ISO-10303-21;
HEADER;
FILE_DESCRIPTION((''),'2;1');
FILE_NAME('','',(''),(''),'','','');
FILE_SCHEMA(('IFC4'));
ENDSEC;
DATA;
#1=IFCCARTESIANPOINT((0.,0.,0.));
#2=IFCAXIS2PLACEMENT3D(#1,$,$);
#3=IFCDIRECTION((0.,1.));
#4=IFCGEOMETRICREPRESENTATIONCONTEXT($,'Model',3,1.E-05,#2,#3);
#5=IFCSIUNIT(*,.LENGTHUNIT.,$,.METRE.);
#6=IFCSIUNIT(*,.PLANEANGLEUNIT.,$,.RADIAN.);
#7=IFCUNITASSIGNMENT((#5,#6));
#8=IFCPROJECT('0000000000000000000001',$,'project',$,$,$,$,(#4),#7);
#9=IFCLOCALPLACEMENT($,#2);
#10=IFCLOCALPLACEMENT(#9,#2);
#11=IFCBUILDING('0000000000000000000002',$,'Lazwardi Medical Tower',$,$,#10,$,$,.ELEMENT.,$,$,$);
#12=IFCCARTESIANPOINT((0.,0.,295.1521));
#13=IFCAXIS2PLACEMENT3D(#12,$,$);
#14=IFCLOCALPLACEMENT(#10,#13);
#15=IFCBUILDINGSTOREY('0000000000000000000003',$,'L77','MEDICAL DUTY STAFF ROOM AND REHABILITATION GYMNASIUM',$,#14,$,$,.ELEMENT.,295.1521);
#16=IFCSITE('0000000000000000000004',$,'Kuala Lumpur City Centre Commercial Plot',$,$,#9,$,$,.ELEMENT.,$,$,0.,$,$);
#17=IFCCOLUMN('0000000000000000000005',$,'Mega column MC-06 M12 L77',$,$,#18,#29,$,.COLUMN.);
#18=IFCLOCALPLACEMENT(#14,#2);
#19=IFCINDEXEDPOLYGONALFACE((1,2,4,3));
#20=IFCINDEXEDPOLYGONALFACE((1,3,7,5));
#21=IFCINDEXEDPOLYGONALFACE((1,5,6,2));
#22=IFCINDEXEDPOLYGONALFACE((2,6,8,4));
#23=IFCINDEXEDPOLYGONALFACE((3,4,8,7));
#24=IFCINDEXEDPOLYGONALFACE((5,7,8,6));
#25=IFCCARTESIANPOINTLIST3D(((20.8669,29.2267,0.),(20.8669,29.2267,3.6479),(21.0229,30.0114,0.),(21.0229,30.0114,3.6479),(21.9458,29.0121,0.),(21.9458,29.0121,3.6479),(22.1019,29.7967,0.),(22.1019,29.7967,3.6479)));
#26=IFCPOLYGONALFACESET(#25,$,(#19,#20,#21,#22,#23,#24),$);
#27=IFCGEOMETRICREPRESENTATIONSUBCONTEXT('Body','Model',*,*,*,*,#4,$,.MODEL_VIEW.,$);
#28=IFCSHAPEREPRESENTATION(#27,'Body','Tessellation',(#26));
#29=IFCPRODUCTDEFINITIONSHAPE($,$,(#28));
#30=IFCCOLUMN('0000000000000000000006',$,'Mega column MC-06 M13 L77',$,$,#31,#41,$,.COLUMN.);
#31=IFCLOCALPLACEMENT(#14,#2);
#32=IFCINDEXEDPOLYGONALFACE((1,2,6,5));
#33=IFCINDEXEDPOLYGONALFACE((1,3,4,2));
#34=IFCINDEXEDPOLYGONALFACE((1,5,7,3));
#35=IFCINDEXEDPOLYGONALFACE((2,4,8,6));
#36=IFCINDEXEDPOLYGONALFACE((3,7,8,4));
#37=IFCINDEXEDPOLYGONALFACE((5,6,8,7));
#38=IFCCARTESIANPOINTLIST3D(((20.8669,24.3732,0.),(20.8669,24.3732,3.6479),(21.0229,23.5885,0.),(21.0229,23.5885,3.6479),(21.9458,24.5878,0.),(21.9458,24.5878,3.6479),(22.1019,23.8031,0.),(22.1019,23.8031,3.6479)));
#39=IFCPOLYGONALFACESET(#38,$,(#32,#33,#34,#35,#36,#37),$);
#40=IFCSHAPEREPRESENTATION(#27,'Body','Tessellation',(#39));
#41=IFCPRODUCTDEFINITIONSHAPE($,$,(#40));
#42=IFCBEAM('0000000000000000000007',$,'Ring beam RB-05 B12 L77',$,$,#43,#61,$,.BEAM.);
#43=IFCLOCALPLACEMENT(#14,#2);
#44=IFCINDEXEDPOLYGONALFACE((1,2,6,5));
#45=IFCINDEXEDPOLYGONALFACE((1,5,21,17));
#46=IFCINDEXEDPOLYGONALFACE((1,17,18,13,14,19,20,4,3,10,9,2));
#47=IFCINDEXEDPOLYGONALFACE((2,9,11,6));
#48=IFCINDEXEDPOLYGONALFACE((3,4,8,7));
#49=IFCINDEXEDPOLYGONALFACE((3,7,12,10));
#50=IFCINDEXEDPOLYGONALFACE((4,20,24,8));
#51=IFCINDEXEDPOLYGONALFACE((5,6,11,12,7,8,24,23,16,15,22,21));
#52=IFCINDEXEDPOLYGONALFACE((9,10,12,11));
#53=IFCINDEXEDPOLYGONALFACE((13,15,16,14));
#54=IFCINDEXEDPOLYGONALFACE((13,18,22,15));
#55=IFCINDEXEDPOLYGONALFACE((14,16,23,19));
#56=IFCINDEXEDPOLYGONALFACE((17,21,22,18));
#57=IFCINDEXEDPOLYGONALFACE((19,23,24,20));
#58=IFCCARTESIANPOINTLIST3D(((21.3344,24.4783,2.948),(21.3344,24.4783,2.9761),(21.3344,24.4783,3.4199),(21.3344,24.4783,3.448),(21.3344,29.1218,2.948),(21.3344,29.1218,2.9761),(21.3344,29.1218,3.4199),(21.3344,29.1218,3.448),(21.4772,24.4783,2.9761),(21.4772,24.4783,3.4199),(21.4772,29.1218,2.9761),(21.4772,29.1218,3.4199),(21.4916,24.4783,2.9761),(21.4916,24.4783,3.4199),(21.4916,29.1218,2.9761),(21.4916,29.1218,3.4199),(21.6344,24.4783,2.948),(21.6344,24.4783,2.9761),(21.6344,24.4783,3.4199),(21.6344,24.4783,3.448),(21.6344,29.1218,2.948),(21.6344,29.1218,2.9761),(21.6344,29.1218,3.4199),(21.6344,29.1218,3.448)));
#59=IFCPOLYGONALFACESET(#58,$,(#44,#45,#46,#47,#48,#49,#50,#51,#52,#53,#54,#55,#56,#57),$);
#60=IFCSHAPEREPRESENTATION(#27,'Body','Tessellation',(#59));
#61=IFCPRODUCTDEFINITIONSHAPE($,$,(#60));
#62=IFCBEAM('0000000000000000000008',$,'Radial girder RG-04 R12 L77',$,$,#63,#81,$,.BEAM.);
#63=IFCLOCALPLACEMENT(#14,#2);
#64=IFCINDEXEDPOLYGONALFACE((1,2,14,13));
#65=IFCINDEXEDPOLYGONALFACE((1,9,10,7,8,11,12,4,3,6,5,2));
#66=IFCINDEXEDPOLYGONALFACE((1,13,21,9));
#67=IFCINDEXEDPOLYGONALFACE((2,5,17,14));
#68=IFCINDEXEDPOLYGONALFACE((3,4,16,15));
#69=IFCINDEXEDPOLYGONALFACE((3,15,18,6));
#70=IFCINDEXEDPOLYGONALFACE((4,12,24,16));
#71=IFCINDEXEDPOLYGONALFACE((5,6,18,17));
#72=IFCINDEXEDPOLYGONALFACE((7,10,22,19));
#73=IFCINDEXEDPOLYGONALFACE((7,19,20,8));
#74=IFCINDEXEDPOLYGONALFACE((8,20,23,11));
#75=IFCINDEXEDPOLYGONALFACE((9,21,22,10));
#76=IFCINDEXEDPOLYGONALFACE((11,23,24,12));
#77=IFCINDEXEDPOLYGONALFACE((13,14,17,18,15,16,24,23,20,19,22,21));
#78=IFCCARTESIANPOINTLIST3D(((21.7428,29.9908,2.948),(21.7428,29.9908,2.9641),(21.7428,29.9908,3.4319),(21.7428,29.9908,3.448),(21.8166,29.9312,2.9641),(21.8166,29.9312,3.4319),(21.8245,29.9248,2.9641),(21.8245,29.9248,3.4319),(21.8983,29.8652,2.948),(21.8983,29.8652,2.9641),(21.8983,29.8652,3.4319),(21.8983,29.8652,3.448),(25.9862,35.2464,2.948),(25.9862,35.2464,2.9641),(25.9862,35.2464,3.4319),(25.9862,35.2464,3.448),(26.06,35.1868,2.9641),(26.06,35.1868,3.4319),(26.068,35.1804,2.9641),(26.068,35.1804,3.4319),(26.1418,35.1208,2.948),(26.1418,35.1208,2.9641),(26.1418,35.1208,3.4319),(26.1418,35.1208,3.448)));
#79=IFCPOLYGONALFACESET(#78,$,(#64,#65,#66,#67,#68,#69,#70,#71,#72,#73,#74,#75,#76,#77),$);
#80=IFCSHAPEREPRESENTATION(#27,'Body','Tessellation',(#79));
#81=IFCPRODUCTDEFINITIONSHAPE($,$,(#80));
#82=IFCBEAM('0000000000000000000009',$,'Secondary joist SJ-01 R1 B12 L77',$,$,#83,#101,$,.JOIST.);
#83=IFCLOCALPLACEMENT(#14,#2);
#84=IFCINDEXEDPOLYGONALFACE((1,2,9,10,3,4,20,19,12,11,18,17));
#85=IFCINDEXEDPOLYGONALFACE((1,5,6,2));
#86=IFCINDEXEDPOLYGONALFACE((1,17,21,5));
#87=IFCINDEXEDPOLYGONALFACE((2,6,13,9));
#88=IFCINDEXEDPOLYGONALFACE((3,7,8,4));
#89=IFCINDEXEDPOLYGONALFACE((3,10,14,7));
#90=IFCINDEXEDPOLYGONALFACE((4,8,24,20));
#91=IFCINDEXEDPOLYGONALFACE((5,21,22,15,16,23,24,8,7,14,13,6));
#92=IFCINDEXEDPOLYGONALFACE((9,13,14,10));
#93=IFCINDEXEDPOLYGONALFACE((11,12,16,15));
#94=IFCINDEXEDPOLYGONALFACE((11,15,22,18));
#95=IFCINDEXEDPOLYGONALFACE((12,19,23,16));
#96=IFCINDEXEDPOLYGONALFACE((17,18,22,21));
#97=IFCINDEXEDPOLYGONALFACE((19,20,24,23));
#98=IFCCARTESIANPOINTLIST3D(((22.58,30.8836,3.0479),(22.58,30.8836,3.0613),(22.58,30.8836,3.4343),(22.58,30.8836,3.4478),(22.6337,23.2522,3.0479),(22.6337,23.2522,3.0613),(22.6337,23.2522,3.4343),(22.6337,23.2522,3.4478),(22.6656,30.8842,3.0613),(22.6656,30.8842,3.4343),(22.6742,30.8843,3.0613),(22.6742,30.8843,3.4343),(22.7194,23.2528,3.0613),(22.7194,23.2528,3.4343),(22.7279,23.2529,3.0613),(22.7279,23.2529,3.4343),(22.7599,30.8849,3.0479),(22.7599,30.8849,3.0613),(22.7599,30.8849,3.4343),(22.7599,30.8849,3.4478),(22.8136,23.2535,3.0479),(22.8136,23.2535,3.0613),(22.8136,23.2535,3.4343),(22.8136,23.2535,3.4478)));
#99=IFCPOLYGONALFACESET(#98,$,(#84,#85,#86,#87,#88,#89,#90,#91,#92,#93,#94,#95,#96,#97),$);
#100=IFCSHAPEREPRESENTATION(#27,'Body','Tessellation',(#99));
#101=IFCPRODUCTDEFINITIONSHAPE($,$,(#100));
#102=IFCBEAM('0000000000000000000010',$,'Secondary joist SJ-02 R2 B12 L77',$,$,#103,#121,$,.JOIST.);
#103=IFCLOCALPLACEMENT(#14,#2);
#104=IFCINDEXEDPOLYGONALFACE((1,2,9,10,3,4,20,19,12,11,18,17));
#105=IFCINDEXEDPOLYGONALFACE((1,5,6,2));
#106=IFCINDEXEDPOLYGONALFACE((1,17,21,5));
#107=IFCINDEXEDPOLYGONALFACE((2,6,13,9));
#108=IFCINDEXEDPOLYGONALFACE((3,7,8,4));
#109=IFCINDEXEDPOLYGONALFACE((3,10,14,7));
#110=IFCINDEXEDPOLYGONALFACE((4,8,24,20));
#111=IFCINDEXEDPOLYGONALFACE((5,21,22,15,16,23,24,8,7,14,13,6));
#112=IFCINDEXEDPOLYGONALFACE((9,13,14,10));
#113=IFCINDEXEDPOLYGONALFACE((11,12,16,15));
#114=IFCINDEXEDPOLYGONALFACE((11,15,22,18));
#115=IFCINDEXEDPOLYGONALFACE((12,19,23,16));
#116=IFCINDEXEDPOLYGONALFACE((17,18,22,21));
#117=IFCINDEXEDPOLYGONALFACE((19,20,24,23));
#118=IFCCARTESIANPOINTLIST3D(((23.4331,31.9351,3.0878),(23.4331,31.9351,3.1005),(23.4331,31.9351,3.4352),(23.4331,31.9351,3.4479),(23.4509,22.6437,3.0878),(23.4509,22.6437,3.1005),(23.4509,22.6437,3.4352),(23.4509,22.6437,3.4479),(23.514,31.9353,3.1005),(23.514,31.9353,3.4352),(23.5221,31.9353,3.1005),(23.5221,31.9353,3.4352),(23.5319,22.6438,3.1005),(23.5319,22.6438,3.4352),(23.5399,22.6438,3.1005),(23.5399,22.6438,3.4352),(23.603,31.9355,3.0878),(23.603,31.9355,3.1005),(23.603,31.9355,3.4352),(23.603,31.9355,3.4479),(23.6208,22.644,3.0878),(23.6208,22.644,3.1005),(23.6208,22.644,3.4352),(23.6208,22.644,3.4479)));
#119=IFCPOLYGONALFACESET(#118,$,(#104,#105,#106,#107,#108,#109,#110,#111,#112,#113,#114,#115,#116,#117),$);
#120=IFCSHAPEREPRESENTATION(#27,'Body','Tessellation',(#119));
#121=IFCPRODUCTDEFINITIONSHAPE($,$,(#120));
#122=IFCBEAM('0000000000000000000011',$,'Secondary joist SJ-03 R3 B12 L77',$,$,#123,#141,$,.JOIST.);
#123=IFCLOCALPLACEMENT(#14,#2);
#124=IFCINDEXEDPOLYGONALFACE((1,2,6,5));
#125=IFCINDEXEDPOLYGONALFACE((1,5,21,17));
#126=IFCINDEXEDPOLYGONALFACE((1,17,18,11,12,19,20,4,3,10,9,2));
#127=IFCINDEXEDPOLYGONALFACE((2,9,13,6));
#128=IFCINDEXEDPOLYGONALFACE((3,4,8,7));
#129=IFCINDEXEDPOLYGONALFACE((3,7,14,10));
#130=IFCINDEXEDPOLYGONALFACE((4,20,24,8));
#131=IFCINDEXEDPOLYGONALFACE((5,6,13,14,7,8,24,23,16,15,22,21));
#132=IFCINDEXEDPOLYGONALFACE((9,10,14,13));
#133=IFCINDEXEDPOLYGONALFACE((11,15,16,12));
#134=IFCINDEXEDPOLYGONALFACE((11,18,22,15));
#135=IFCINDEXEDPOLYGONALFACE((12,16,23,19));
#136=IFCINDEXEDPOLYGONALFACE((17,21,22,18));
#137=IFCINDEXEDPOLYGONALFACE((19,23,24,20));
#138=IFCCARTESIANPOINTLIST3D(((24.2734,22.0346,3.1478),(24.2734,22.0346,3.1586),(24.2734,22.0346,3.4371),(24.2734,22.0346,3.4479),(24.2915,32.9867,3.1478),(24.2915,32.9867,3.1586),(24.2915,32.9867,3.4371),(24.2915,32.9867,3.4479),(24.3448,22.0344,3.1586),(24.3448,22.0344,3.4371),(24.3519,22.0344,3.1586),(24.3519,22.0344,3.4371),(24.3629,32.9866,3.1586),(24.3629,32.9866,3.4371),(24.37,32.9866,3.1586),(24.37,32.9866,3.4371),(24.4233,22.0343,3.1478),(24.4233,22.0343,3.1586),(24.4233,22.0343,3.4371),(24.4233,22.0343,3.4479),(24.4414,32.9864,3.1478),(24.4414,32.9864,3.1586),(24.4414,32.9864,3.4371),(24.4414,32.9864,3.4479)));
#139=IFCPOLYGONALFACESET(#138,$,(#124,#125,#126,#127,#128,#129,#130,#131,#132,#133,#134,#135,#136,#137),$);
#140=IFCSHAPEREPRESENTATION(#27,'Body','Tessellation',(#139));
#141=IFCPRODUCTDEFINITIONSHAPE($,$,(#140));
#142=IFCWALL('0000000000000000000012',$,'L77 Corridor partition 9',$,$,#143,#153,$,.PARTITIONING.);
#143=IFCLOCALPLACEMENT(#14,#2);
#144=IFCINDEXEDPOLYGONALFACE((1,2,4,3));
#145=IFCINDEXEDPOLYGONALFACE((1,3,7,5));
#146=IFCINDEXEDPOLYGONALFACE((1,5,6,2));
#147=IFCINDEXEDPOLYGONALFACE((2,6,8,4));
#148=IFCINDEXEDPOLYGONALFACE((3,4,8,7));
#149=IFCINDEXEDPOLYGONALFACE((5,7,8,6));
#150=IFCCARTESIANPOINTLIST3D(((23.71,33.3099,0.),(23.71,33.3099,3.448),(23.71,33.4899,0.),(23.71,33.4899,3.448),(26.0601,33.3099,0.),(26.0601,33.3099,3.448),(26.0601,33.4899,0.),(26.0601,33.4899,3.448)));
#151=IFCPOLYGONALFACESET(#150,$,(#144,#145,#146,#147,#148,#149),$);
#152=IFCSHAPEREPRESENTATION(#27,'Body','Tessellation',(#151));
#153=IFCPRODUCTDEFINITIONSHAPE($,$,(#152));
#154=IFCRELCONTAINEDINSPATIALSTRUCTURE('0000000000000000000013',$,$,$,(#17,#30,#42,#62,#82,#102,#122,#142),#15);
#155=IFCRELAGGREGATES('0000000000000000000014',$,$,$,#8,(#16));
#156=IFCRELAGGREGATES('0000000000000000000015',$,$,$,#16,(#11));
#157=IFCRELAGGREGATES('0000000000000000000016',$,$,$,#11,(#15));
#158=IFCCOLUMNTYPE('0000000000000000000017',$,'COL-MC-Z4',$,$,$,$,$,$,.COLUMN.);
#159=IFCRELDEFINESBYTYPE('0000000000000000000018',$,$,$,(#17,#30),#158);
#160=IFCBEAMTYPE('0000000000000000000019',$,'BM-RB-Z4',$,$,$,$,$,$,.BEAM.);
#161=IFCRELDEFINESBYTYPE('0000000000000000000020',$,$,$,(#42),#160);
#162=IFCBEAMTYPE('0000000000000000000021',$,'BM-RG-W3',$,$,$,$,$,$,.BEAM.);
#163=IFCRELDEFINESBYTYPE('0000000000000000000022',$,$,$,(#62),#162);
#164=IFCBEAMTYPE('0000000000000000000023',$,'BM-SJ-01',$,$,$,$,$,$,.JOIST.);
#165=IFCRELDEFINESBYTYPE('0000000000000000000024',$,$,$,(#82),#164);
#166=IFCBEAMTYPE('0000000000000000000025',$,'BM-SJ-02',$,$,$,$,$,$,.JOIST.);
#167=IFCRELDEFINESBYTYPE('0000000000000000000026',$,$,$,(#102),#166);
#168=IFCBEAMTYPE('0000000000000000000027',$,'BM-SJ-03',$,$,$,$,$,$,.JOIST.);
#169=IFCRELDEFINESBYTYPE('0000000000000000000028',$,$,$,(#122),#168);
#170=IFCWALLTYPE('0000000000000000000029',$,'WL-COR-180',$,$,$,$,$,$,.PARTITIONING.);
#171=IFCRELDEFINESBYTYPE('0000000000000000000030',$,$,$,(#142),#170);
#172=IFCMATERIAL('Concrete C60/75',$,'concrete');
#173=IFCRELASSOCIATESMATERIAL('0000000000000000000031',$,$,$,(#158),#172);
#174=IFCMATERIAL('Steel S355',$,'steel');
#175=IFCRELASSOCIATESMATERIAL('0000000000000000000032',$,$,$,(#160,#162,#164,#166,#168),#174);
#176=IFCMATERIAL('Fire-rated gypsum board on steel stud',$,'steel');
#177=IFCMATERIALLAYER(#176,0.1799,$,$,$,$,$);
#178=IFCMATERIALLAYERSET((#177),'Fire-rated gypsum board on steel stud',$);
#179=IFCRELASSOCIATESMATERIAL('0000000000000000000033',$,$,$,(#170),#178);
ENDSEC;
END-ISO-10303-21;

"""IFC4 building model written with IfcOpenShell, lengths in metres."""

from ifc_helpers import new_model, si_unit, direction, frame, frame_2d, origin, origin_2d, place, context, subcontext, project, spatial, rectangle, i_section, extrude, material, layer, layer_set, material_profile, profile_set, type_object, element, save


model = new_model("IFC4")

# Units and contexts
model_context = context("Model", 3, precision=1e-05, world=origin(), true_north=direction((0.0, 1.0)))
body_context = subcontext(model_context, "Body", "Model", "MODEL_VIEW")
ifc_project = project(units=[si_unit("LENGTHUNIT", "METRE"), si_unit("PLANEANGLEUNIT", "RADIAN")], contexts=[model_context])

# Site, building, storey
site_placement = place(None, origin())
site = spatial("IfcSite", under=ifc_project, at=site_placement, Name="Kuala Lumpur City Centre Commercial Plot", CompositionType="ELEMENT", RefElevation=0.0)
building_placement = place(site_placement, origin())
building = spatial("IfcBuilding", under=site, at=building_placement, Name="Lazwardi Medical Tower", CompositionType="ELEMENT")
storey_placement = place(building_placement, frame((0.0, 0.0, 295.1521)))
storey = spatial("IfcBuildingStorey", under=building, at=storey_placement, Name="L77", Description="MEDICAL DUTY STAFF ROOM AND REHABILITATION GYMNASIUM", CompositionType="ELEMENT", Elevation=295.1521)

# Columns
ifc_material_1 = material(Name="Concrete C60/75", Category="concrete")
ifc_material_profile_1 = material_profile(ifc_material_1, rectangle(XDim=1.1001, YDim=0.8, at=origin_2d()), Name="CFT-RECT 1100x800")
ifc_profile_set_1 = profile_set([ifc_material_profile_1], Name="Concrete C60/75")
column_type = type_object("IfcColumnType", Name="COL-MC-Z4", PredefinedType="COLUMN", material=ifc_profile_set_1)
for number, where, z_axis, x_axis, name in (
    (1, (21.4844, 29.5117, 0.0), (0.0, 0.0, 1.0), (-0.980785, 0.19509, 0.0), "Mega column MC-06 M12 L77"),
    (2, (21.4844, 24.0881, 0.0), (0.0, 0.0, 1.0), (-0.980785, -0.19509, 0.0), "Mega column MC-06 M13 L77"),
):
    element("IfcColumn", number, at=place(storey_placement, frame(where, z_axis=z_axis, x_axis=x_axis)), inside=storey, type_object=column_type, Name=name, PredefinedType="COLUMN", context=body_context, shape_type="SweptSolid", body=[
        extrude(rectangle(XDim=1.1001, YDim=0.8, at=origin_2d()), origin(), (0.0, 0.0, 1.0), 3.6479),
    ])

# Beams
ifc_material_2 = material(Name="Steel S355", Category="steel")
ifc_material_profile_2 = material_profile(ifc_material_2, i_section(OverallWidth=0.3, OverallDepth=0.5, WebThickness=0.0144, FlangeThickness=0.0281, at=origin_2d()), Name="HEB 500")
ifc_profile_set_2 = profile_set([ifc_material_profile_2], Name="Steel S355")
beam_type_1 = type_object("IfcBeamType", Name="BM-RB-Z4", PredefinedType="BEAM", material=ifc_profile_set_2)
beam_1_placement = place(storey_placement, frame((21.4844, 29.1218, 3.198), z_axis=(0.0, -1.0, 0.0), x_axis=(1.0, 0.0, 0.0)))
element("IfcBeam", 3, at=beam_1_placement, inside=storey, type_object=beam_type_1, Name="Ring beam RB-05 B12 L77", PredefinedType="BEAM", context=body_context, shape_type="SweptSolid", body=[
    extrude(i_section(OverallWidth=0.3, OverallDepth=0.5, WebThickness=0.0144, FlangeThickness=0.0281, at=origin_2d()), origin(), (0.0, 0.0, 1.0), 4.6436),
])
ifc_material_profile_3 = material_profile(ifc_material_2, i_section(OverallWidth=0.2, OverallDepth=0.5, WebThickness=0.0103, FlangeThickness=0.0161, at=origin_2d()), Name="IPE 500")
ifc_profile_set_3 = profile_set([ifc_material_profile_3], Name="Steel S355")
beam_type_2 = type_object("IfcBeamType", Name="BM-RG-W3", PredefinedType="BEAM", material=ifc_profile_set_3)
beam_2_placement = place(storey_placement, frame((21.8206, 29.928, 3.198), z_axis=(0.628202, 0.778051, 0.0), x_axis=(-0.778051, 0.628202, 0.0)))
element("IfcBeam", 4, at=beam_2_placement, inside=storey, type_object=beam_type_2, Name="Radial girder RG-04 R12 L77", PredefinedType="BEAM", context=body_context, shape_type="SweptSolid", body=[
    extrude(i_section(OverallWidth=0.2, OverallDepth=0.5, WebThickness=0.0103, FlangeThickness=0.0161, at=origin_2d()), origin(), (0.0, 0.0, 1.0), 6.7549),
])
ifc_material_profile_4 = material_profile(ifc_material_2, i_section(OverallWidth=0.1799, OverallDepth=0.3999, WebThickness=0.0085, FlangeThickness=0.0134, at=origin_2d()), Name="IPE 400")
ifc_profile_set_4 = profile_set([ifc_material_profile_4], Name="Steel S355")
beam_type_3 = type_object("IfcBeamType", Name="BM-SJ-01", PredefinedType="JOIST", material=ifc_profile_set_4)
beam_3_placement = place(storey_placement, frame((22.6699, 30.8843, 3.2478), z_axis=(0.007038, -0.999975, 0.0), x_axis=(0.999975, 0.007038, 0.0)))
element("IfcBeam", 5, at=beam_3_placement, inside=storey, type_object=beam_type_3, Name="Secondary joist SJ-01 R1 B12 L77", PredefinedType="JOIST", context=body_context, shape_type="SweptSolid", body=[
    extrude(i_section(OverallWidth=0.1799, OverallDepth=0.3999, WebThickness=0.0085, FlangeThickness=0.0134, at=origin_2d()), origin(), (0.0, 0.0, 1.0), 7.6316),
])
ifc_material_profile_5 = material_profile(ifc_material_2, i_section(OverallWidth=0.1699, OverallDepth=0.3601, WebThickness=0.0081, FlangeThickness=0.0127, at=origin_2d()), Name="IPE 360")
ifc_profile_set_5 = profile_set([ifc_material_profile_5], Name="Steel S355")
beam_type_4 = type_object("IfcBeamType", Name="BM-SJ-02", PredefinedType="JOIST", material=ifc_profile_set_5)
beam_4_placement = place(storey_placement, frame((23.5181, 31.9353, 3.2678), z_axis=(0.001918, -0.999998, 0.0), x_axis=(0.999998, 0.001918, 0.0)))
element("IfcBeam", 6, at=beam_4_placement, inside=storey, type_object=beam_type_4, Name="Secondary joist SJ-02 R2 B12 L77", PredefinedType="JOIST", context=body_context, shape_type="SweptSolid", body=[
    extrude(i_section(OverallWidth=0.1699, OverallDepth=0.3601, WebThickness=0.0081, FlangeThickness=0.0127, at=origin_2d()), origin(), (0.0, 0.0, 1.0), 9.2915),
])
ifc_material_profile_6 = material_profile(ifc_material_2, i_section(OverallWidth=0.1499, OverallDepth=0.3, WebThickness=0.0071, FlangeThickness=0.0107, at=origin_2d()), Name="IPE 300")
ifc_profile_set_6 = profile_set([ifc_material_profile_6], Name="Steel S355")
beam_type_5 = type_object("IfcBeamType", Name="BM-SJ-03", PredefinedType="JOIST", material=ifc_profile_set_6)
beam_5_placement = place(storey_placement, frame((24.3665, 32.9866, 3.2979), z_axis=(-0.00165, -0.999999, 0.0), x_axis=(0.999999, -0.00165, 0.0)))
element("IfcBeam", 7, at=beam_5_placement, inside=storey, type_object=beam_type_5, Name="Secondary joist SJ-03 R3 B12 L77", PredefinedType="JOIST", context=body_context, shape_type="SweptSolid", body=[
    extrude(i_section(OverallWidth=0.1499, OverallDepth=0.3, WebThickness=0.0071, FlangeThickness=0.0107, at=origin_2d()), origin(), (0.0, 0.0, 1.0), 10.9521),
])

# Wall
ifc_material_3 = material(Name="Fire-rated gypsum board on steel stud", Category="steel")
ifc_layer_1 = layer(ifc_material_3, 0.1799)
ifc_layer_set_1 = layer_set([ifc_layer_1], Name="Fire-rated gypsum board on steel stud")
wall_type_1 = type_object("IfcWallType", Name="WL-COR-180", PredefinedType="PARTITIONING", material=ifc_layer_set_1)
wall_1_placement = place(storey_placement, frame((23.71, 33.3999, 0.0), z_axis=(0.0, 0.0, 1.0), x_axis=(1.0, 0.0, 0.0)))
element("IfcWall", 8, at=wall_1_placement, inside=storey, type_object=wall_type_1, Name="L77 Corridor partition 9", PredefinedType="PARTITIONING", context=body_context, shape_type="SweptSolid", body=[
    extrude(rectangle(XDim=2.3501, YDim=0.1799, at=frame_2d((1.175, 0.0))), origin(), (0.0, 0.0, 1.0), 3.448),
])

save(model, "model.ifc")
